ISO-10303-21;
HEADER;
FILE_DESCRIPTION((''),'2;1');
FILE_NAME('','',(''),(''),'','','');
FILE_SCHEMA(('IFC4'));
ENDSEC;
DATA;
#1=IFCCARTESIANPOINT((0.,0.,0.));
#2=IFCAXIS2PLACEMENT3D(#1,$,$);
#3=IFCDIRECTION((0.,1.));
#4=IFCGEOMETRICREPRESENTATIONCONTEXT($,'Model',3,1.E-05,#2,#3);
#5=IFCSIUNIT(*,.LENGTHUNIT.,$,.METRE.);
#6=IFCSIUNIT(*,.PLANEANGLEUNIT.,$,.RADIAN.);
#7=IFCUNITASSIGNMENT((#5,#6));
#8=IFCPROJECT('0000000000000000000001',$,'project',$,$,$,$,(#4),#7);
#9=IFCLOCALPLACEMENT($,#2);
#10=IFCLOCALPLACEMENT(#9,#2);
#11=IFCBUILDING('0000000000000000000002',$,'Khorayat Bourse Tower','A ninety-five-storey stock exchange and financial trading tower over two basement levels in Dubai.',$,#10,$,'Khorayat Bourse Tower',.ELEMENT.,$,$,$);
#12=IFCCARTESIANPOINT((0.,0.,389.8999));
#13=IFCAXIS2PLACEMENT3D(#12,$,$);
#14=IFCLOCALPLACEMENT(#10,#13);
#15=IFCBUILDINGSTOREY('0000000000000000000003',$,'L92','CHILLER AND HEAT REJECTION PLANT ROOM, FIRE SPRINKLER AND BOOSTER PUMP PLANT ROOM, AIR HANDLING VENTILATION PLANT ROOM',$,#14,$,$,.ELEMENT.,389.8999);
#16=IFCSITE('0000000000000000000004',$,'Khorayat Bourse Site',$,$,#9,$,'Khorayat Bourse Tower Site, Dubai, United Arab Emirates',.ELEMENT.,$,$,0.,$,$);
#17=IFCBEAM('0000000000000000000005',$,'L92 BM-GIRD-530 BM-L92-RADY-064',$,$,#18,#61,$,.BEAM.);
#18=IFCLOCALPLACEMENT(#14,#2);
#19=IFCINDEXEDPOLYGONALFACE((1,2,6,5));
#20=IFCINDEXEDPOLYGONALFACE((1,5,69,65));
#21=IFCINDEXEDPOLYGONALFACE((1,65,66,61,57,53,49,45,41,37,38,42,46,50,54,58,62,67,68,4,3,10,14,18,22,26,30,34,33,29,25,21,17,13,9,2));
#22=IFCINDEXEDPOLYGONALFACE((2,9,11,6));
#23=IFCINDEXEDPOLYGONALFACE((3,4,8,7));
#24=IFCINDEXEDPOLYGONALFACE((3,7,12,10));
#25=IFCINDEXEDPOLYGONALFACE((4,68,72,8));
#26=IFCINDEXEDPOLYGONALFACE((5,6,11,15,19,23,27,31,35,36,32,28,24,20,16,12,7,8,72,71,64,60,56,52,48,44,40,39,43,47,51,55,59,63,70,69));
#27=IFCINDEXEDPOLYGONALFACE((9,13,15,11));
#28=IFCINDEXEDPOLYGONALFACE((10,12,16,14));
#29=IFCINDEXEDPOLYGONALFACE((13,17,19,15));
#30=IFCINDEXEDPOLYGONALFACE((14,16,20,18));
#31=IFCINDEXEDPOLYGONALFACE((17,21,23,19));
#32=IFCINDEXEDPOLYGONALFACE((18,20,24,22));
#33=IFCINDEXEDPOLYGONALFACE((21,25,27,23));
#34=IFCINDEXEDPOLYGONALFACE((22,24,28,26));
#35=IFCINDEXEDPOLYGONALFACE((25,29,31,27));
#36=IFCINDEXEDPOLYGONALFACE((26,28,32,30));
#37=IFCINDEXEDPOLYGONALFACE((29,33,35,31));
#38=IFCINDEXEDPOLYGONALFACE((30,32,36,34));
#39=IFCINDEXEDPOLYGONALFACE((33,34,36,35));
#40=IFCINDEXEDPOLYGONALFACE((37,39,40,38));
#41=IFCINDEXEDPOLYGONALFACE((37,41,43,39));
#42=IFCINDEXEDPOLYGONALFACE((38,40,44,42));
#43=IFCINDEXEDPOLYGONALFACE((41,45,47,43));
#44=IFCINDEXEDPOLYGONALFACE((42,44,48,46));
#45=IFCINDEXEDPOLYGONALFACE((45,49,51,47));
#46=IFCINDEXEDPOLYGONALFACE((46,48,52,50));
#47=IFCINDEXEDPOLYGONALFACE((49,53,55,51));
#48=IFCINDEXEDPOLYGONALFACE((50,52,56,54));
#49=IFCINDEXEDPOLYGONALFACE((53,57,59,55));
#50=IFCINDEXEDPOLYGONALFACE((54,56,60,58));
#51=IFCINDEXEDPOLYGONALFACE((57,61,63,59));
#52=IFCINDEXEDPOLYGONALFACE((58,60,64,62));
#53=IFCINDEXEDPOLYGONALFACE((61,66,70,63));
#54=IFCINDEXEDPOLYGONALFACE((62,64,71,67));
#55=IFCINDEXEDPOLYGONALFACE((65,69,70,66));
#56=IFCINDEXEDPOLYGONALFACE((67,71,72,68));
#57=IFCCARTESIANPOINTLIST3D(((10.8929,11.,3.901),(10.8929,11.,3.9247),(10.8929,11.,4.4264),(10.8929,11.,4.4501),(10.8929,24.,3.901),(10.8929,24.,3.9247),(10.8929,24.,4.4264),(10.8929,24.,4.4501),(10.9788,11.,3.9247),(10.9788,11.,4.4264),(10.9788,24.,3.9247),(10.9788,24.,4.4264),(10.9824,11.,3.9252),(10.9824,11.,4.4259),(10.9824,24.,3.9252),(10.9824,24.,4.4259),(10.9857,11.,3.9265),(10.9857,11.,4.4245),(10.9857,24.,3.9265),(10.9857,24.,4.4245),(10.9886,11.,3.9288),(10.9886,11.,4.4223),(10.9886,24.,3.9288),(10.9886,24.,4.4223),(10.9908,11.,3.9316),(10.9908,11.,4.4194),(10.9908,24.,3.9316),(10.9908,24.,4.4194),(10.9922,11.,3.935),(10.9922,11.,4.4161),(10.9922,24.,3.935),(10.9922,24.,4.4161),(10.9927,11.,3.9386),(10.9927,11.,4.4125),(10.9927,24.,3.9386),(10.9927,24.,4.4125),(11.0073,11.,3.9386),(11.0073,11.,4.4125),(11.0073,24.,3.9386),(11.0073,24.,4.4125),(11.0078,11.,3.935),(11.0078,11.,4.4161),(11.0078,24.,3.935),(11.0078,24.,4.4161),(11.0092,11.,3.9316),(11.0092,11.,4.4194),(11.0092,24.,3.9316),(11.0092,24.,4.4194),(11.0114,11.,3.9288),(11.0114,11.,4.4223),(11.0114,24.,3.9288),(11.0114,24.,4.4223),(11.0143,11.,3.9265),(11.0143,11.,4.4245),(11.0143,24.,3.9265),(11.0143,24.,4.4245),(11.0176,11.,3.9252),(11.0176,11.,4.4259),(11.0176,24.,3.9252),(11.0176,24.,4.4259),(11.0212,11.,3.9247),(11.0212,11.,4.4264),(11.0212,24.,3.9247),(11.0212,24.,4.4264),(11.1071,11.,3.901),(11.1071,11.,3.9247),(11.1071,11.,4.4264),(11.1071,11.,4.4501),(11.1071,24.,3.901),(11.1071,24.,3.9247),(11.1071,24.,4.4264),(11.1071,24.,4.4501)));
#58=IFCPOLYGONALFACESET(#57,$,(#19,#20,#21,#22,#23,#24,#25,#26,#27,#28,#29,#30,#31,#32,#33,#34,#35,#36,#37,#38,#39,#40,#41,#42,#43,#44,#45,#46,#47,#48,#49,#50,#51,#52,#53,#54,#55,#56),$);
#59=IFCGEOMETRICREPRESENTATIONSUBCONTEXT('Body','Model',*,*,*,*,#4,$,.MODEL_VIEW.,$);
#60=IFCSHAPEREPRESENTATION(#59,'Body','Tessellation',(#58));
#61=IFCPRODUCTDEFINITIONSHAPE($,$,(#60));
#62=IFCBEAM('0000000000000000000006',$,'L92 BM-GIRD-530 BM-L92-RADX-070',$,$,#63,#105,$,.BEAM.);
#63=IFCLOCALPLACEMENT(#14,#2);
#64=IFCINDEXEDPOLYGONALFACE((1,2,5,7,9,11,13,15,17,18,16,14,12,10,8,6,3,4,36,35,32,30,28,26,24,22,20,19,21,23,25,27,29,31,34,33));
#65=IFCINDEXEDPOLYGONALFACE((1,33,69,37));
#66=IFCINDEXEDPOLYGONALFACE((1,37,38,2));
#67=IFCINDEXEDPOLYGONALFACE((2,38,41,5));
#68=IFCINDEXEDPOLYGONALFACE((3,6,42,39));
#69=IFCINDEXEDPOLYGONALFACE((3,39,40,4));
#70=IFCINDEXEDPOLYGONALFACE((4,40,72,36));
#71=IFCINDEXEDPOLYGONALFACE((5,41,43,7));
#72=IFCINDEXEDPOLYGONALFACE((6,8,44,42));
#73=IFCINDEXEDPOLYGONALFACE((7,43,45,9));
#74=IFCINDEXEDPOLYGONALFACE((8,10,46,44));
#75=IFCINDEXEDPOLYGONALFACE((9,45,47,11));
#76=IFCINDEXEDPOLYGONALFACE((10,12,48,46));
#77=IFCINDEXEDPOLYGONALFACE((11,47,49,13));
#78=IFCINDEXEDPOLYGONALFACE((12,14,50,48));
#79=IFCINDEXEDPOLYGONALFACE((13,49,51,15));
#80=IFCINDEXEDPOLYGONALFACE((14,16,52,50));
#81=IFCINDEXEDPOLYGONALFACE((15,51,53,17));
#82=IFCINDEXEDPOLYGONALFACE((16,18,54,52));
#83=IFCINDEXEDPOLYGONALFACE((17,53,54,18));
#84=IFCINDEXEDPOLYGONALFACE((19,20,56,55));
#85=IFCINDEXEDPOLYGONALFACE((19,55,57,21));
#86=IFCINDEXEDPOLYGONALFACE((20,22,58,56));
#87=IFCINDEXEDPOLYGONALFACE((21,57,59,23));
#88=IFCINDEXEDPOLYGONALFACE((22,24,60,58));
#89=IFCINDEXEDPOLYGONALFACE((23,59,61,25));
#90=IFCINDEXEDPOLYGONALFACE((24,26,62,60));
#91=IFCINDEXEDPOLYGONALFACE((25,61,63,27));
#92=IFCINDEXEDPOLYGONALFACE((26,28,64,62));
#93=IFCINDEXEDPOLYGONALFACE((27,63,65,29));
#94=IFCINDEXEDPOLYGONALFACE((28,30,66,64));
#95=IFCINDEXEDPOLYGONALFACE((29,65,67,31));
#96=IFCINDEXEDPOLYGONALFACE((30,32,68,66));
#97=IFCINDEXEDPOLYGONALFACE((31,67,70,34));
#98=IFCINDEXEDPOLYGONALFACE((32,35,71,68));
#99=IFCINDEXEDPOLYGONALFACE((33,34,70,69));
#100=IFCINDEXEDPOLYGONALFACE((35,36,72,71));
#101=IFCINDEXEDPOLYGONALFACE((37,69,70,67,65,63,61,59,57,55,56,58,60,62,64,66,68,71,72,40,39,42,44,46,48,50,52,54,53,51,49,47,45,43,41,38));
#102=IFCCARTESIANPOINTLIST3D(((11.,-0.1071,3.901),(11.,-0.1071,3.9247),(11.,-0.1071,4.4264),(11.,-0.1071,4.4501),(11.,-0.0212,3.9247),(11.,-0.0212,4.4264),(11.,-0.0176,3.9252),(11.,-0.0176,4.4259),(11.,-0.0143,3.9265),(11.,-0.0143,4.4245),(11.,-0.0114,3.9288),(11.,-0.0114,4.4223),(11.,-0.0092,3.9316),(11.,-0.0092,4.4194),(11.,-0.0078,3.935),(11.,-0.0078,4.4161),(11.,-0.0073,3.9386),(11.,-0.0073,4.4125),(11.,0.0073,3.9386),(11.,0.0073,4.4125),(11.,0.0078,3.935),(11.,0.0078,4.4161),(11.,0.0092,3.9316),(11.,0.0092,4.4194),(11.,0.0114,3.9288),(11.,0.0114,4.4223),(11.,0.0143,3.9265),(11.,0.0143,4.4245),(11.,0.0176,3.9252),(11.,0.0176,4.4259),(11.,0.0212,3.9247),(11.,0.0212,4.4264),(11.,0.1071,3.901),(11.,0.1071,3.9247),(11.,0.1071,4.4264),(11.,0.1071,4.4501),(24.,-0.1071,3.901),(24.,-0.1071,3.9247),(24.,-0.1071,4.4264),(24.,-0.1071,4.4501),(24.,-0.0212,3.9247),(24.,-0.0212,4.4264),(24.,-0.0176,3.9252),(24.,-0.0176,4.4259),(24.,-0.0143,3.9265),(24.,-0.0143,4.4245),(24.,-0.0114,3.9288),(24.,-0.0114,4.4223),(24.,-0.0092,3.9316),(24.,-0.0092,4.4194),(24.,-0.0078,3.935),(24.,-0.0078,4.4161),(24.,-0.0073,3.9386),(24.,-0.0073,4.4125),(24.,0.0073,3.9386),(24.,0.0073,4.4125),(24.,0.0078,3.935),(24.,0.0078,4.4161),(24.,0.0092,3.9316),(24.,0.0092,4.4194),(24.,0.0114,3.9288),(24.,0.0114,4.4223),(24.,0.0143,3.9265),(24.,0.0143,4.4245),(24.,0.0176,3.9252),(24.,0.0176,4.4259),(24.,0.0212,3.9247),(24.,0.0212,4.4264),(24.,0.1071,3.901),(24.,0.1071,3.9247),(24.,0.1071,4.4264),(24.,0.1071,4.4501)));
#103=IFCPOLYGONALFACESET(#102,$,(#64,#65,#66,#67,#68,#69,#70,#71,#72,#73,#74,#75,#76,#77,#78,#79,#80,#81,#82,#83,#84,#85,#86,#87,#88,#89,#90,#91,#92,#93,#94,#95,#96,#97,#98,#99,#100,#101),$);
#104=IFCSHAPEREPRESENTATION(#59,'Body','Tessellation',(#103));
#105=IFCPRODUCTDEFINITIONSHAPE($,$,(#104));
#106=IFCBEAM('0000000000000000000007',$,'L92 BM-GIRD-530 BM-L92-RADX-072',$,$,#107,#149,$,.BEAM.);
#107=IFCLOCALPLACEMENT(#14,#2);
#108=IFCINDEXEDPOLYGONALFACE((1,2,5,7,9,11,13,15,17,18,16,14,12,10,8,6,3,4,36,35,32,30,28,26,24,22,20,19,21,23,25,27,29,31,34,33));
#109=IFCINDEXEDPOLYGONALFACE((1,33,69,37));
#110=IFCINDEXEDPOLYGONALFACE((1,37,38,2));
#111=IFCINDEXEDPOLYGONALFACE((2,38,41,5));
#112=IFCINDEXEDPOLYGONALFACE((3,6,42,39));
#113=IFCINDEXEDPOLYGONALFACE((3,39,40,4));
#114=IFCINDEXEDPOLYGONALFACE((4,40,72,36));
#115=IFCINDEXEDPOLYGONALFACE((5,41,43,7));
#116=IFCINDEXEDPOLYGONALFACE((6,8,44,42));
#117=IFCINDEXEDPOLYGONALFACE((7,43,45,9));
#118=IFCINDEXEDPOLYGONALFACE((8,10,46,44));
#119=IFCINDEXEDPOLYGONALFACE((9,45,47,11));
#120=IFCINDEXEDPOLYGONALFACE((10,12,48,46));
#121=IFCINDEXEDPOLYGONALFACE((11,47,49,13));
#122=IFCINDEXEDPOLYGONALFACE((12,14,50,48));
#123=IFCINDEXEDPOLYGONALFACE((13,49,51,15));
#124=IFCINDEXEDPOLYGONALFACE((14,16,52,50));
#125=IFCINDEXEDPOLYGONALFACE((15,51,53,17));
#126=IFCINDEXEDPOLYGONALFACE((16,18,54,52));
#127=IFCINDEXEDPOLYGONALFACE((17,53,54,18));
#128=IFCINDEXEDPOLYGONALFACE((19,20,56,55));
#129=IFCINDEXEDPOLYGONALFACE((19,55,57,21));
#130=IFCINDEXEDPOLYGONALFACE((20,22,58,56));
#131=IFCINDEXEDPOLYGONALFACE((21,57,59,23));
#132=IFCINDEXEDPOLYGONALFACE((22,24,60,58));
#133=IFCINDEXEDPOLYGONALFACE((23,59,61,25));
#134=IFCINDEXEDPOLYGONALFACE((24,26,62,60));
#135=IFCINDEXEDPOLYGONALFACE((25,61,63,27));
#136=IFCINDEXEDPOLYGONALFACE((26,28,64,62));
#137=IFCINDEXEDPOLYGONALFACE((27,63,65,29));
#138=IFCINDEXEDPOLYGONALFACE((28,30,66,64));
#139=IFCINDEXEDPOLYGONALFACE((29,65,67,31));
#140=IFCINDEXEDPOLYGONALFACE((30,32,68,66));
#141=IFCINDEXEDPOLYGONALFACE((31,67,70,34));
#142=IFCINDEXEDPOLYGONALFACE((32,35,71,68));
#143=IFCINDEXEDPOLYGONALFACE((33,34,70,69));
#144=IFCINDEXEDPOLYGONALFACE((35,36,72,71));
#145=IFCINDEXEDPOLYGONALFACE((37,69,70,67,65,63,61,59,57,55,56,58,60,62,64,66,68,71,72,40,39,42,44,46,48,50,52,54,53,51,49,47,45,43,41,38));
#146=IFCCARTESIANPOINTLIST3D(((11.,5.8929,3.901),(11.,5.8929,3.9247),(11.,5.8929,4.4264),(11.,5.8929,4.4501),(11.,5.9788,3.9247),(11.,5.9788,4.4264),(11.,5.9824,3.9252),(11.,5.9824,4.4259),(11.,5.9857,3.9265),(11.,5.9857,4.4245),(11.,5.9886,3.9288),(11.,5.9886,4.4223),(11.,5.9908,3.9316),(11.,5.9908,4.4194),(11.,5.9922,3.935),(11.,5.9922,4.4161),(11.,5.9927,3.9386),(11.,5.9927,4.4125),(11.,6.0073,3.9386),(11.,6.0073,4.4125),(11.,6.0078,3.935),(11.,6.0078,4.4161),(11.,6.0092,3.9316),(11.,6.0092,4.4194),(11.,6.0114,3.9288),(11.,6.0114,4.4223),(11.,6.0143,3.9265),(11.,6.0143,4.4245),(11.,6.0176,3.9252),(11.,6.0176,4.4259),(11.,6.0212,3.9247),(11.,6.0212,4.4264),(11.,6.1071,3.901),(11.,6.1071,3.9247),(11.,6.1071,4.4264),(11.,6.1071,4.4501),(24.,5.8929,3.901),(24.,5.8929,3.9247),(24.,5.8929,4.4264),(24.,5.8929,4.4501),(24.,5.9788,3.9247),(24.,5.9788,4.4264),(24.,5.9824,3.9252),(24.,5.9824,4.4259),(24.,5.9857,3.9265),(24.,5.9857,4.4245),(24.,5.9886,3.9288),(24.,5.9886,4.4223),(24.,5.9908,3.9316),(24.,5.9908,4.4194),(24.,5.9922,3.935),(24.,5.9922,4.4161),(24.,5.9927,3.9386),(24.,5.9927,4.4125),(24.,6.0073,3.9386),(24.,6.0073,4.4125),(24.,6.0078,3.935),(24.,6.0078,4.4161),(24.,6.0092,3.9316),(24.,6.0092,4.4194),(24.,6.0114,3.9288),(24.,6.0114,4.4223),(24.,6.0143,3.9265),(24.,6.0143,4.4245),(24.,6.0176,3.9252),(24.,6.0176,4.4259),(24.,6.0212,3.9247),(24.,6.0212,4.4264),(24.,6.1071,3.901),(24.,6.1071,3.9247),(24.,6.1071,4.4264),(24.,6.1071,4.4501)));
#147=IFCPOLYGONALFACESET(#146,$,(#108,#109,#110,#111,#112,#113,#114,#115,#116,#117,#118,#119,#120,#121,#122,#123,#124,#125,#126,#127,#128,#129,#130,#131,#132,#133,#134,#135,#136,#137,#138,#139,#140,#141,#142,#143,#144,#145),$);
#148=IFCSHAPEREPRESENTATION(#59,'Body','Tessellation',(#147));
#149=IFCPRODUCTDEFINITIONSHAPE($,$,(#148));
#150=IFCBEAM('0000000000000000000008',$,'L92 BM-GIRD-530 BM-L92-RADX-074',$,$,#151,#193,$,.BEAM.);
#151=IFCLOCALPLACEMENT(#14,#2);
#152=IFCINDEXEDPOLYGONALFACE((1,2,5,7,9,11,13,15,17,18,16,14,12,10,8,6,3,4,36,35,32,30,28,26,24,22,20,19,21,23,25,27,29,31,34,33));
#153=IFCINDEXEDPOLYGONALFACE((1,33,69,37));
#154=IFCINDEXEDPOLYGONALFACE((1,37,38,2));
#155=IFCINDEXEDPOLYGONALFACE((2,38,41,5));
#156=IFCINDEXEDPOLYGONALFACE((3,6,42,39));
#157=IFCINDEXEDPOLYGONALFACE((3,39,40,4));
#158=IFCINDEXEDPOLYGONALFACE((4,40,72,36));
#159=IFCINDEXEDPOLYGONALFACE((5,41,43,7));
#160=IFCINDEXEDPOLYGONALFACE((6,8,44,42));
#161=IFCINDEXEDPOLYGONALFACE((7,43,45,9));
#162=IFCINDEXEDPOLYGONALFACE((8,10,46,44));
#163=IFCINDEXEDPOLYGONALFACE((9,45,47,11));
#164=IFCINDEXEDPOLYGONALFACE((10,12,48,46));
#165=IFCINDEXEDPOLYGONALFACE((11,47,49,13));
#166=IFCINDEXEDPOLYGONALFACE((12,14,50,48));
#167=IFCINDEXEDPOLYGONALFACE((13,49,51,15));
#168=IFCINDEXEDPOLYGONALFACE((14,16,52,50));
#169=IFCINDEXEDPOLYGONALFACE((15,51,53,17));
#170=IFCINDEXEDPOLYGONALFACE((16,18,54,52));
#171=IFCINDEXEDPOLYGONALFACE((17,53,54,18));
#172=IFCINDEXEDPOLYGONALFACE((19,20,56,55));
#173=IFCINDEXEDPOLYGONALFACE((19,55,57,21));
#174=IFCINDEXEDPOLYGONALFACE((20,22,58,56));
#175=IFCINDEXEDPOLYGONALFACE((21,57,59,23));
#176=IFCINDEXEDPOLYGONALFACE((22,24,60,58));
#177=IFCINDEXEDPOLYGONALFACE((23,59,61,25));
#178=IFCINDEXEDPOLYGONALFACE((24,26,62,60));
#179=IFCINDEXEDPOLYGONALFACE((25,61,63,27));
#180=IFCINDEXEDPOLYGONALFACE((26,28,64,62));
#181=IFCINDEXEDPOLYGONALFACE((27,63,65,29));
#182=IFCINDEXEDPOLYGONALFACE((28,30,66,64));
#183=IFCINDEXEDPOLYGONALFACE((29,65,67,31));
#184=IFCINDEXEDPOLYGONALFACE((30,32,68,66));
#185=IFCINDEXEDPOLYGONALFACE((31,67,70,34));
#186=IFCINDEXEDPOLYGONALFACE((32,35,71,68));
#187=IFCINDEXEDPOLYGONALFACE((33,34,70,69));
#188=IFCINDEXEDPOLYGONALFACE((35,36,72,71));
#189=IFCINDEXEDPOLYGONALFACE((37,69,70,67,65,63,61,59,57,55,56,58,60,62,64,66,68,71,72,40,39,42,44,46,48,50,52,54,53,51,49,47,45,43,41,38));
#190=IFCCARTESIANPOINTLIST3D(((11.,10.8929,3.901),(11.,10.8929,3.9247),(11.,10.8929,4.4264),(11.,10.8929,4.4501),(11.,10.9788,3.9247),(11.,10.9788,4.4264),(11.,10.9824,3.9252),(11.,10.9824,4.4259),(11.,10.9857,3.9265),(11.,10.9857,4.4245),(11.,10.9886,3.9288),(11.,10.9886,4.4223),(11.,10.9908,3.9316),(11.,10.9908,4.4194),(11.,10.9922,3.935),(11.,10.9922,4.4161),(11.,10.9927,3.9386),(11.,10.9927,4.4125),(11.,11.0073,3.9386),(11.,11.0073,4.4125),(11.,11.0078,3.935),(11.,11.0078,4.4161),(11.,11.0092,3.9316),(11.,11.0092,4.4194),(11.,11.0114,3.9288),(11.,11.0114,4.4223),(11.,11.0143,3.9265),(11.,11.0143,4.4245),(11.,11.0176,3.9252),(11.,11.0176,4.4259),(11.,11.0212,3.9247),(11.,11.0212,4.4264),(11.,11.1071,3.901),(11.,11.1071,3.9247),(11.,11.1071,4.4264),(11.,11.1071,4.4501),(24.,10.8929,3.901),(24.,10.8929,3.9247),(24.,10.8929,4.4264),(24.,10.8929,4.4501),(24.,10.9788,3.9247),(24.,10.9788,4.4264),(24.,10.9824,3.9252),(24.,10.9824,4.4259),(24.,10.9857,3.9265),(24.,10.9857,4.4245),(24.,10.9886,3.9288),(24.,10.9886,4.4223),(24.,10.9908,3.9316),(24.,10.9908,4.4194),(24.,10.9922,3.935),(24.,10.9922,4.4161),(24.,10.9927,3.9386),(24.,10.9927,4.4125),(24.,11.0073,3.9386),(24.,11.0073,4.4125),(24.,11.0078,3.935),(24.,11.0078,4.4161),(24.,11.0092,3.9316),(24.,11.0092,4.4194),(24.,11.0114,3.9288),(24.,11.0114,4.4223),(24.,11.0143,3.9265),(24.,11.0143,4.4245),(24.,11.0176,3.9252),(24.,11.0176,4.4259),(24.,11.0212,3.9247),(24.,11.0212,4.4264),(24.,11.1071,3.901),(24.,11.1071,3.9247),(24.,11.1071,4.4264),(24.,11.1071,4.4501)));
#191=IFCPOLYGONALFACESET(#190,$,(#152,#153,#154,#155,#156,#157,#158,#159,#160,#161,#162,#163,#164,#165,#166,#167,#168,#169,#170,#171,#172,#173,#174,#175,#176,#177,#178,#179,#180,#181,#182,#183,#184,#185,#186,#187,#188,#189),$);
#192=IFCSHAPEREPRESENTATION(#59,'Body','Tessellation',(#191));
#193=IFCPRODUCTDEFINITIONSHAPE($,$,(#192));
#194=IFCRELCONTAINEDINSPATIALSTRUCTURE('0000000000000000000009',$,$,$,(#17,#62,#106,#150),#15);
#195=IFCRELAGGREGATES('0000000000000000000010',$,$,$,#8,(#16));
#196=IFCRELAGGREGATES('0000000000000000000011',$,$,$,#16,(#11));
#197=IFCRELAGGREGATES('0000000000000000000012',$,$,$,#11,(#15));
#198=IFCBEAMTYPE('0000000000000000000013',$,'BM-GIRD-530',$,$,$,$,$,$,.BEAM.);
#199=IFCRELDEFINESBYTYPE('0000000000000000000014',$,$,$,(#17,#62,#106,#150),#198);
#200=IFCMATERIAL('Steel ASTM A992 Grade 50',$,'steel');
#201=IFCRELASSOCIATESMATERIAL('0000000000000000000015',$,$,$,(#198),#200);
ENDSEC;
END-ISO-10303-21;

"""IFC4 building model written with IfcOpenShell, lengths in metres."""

from ifc_helpers import new_model, si_unit, direction, frame, origin, origin_2d, place, context, subcontext, project, spatial, i_section, extrude, source, transform, mapped, material, material_profile, profile_set, type_object, element, save


model = new_model("IFC4")

# Units and contexts
model_context = context("Model", 3, precision=1e-05, world=origin(), true_north=direction((0.0, 1.0)))
body_context = subcontext(model_context, "Body", "Model", "MODEL_VIEW")
ifc_project = project(units=[si_unit("LENGTHUNIT", "METRE"), si_unit("PLANEANGLEUNIT", "RADIAN")], contexts=[model_context])

# Site, building, storey
site_placement = place(None, origin())
site = spatial("IfcSite", under=ifc_project, at=site_placement, Name="Khorayat Bourse Site", LongName="Khorayat Bourse Tower Site, Dubai, United Arab Emirates", CompositionType="ELEMENT", RefElevation=0.0)
building_placement = place(site_placement, origin())
building = spatial("IfcBuilding", under=site, at=building_placement, Name="Khorayat Bourse Tower", Description="A ninety-five-storey stock exchange and financial trading tower over two basement levels in Dubai.", LongName="Khorayat Bourse Tower", CompositionType="ELEMENT")
storey_placement = place(building_placement, frame((0.0, 0.0, 389.8999)))
storey = spatial("IfcBuildingStorey", under=building, at=storey_placement, Name="L92", Description="CHILLER AND HEAT REJECTION PLANT ROOM, FIRE SPRINKLER AND BOOSTER PUMP PLANT ROOM, AIR HANDLING VENTILATION PLANT ROOM", CompositionType="ELEMENT", Elevation=389.8999)

# Beams
ifc_material_1 = material(Name="Steel ASTM A992 Grade 50", Category="steel")
ifc_material_profile_1 = material_profile(ifc_material_1, i_section(OverallWidth=0.2141, OverallDepth=0.5491, WebThickness=0.0146, FlangeThickness=0.0237, FilletRadius=0.0139, at=origin_2d()), Name="W530X138")
ifc_profile_set_1 = profile_set([ifc_material_profile_1], Name="Steel ASTM A992 Grade 50")
beam_type_1 = type_object("IfcBeamType", Name="BM-GIRD-530", PredefinedType="BEAM", material=ifc_profile_set_1)
shared_shape_1 = source(origin(), body_context, "Body", "SweptSolid", [
    extrude(i_section(OverallWidth=0.2141, OverallDepth=0.5491, WebThickness=0.0146, FlangeThickness=0.0237, FilletRadius=0.0139, at=origin_2d()), origin(), (0.0, 0.0, 1.0), 13.0),
])
for number, where, z_axis, x_axis, name in (
    (1, (11.0, 11.0, 4.1755), (0.0, 1.0, 0.0), (-1.0, 0.0, 0.0), "L92 BM-GIRD-530 BM-L92-RADY-064"),
    (2, (11.0, 0.0, 4.1755), (1.0, 0.0, 0.0), (0.0, 1.0, 0.0), "L92 BM-GIRD-530 BM-L92-RADX-070"),
    (3, (11.0, 6.0, 4.1755), (1.0, 0.0, 0.0), (0.0, 1.0, 0.0), "L92 BM-GIRD-530 BM-L92-RADX-072"),
    (4, (11.0, 11.0, 4.1755), (1.0, 0.0, 0.0), (0.0, 1.0, 0.0), "L92 BM-GIRD-530 BM-L92-RADX-074"),
):
    element("IfcBeam", number, at=place(storey_placement, frame(where, z_axis=z_axis, x_axis=x_axis)), inside=storey, type_object=beam_type_1, Name=name, PredefinedType="BEAM", context=body_context, shape_type="MappedRepresentation", body=[
        mapped(shared_shape_1, transform((0.0, 0.0, 0.0), scale=1.0)),
    ])

save(model, "model.ifc")
